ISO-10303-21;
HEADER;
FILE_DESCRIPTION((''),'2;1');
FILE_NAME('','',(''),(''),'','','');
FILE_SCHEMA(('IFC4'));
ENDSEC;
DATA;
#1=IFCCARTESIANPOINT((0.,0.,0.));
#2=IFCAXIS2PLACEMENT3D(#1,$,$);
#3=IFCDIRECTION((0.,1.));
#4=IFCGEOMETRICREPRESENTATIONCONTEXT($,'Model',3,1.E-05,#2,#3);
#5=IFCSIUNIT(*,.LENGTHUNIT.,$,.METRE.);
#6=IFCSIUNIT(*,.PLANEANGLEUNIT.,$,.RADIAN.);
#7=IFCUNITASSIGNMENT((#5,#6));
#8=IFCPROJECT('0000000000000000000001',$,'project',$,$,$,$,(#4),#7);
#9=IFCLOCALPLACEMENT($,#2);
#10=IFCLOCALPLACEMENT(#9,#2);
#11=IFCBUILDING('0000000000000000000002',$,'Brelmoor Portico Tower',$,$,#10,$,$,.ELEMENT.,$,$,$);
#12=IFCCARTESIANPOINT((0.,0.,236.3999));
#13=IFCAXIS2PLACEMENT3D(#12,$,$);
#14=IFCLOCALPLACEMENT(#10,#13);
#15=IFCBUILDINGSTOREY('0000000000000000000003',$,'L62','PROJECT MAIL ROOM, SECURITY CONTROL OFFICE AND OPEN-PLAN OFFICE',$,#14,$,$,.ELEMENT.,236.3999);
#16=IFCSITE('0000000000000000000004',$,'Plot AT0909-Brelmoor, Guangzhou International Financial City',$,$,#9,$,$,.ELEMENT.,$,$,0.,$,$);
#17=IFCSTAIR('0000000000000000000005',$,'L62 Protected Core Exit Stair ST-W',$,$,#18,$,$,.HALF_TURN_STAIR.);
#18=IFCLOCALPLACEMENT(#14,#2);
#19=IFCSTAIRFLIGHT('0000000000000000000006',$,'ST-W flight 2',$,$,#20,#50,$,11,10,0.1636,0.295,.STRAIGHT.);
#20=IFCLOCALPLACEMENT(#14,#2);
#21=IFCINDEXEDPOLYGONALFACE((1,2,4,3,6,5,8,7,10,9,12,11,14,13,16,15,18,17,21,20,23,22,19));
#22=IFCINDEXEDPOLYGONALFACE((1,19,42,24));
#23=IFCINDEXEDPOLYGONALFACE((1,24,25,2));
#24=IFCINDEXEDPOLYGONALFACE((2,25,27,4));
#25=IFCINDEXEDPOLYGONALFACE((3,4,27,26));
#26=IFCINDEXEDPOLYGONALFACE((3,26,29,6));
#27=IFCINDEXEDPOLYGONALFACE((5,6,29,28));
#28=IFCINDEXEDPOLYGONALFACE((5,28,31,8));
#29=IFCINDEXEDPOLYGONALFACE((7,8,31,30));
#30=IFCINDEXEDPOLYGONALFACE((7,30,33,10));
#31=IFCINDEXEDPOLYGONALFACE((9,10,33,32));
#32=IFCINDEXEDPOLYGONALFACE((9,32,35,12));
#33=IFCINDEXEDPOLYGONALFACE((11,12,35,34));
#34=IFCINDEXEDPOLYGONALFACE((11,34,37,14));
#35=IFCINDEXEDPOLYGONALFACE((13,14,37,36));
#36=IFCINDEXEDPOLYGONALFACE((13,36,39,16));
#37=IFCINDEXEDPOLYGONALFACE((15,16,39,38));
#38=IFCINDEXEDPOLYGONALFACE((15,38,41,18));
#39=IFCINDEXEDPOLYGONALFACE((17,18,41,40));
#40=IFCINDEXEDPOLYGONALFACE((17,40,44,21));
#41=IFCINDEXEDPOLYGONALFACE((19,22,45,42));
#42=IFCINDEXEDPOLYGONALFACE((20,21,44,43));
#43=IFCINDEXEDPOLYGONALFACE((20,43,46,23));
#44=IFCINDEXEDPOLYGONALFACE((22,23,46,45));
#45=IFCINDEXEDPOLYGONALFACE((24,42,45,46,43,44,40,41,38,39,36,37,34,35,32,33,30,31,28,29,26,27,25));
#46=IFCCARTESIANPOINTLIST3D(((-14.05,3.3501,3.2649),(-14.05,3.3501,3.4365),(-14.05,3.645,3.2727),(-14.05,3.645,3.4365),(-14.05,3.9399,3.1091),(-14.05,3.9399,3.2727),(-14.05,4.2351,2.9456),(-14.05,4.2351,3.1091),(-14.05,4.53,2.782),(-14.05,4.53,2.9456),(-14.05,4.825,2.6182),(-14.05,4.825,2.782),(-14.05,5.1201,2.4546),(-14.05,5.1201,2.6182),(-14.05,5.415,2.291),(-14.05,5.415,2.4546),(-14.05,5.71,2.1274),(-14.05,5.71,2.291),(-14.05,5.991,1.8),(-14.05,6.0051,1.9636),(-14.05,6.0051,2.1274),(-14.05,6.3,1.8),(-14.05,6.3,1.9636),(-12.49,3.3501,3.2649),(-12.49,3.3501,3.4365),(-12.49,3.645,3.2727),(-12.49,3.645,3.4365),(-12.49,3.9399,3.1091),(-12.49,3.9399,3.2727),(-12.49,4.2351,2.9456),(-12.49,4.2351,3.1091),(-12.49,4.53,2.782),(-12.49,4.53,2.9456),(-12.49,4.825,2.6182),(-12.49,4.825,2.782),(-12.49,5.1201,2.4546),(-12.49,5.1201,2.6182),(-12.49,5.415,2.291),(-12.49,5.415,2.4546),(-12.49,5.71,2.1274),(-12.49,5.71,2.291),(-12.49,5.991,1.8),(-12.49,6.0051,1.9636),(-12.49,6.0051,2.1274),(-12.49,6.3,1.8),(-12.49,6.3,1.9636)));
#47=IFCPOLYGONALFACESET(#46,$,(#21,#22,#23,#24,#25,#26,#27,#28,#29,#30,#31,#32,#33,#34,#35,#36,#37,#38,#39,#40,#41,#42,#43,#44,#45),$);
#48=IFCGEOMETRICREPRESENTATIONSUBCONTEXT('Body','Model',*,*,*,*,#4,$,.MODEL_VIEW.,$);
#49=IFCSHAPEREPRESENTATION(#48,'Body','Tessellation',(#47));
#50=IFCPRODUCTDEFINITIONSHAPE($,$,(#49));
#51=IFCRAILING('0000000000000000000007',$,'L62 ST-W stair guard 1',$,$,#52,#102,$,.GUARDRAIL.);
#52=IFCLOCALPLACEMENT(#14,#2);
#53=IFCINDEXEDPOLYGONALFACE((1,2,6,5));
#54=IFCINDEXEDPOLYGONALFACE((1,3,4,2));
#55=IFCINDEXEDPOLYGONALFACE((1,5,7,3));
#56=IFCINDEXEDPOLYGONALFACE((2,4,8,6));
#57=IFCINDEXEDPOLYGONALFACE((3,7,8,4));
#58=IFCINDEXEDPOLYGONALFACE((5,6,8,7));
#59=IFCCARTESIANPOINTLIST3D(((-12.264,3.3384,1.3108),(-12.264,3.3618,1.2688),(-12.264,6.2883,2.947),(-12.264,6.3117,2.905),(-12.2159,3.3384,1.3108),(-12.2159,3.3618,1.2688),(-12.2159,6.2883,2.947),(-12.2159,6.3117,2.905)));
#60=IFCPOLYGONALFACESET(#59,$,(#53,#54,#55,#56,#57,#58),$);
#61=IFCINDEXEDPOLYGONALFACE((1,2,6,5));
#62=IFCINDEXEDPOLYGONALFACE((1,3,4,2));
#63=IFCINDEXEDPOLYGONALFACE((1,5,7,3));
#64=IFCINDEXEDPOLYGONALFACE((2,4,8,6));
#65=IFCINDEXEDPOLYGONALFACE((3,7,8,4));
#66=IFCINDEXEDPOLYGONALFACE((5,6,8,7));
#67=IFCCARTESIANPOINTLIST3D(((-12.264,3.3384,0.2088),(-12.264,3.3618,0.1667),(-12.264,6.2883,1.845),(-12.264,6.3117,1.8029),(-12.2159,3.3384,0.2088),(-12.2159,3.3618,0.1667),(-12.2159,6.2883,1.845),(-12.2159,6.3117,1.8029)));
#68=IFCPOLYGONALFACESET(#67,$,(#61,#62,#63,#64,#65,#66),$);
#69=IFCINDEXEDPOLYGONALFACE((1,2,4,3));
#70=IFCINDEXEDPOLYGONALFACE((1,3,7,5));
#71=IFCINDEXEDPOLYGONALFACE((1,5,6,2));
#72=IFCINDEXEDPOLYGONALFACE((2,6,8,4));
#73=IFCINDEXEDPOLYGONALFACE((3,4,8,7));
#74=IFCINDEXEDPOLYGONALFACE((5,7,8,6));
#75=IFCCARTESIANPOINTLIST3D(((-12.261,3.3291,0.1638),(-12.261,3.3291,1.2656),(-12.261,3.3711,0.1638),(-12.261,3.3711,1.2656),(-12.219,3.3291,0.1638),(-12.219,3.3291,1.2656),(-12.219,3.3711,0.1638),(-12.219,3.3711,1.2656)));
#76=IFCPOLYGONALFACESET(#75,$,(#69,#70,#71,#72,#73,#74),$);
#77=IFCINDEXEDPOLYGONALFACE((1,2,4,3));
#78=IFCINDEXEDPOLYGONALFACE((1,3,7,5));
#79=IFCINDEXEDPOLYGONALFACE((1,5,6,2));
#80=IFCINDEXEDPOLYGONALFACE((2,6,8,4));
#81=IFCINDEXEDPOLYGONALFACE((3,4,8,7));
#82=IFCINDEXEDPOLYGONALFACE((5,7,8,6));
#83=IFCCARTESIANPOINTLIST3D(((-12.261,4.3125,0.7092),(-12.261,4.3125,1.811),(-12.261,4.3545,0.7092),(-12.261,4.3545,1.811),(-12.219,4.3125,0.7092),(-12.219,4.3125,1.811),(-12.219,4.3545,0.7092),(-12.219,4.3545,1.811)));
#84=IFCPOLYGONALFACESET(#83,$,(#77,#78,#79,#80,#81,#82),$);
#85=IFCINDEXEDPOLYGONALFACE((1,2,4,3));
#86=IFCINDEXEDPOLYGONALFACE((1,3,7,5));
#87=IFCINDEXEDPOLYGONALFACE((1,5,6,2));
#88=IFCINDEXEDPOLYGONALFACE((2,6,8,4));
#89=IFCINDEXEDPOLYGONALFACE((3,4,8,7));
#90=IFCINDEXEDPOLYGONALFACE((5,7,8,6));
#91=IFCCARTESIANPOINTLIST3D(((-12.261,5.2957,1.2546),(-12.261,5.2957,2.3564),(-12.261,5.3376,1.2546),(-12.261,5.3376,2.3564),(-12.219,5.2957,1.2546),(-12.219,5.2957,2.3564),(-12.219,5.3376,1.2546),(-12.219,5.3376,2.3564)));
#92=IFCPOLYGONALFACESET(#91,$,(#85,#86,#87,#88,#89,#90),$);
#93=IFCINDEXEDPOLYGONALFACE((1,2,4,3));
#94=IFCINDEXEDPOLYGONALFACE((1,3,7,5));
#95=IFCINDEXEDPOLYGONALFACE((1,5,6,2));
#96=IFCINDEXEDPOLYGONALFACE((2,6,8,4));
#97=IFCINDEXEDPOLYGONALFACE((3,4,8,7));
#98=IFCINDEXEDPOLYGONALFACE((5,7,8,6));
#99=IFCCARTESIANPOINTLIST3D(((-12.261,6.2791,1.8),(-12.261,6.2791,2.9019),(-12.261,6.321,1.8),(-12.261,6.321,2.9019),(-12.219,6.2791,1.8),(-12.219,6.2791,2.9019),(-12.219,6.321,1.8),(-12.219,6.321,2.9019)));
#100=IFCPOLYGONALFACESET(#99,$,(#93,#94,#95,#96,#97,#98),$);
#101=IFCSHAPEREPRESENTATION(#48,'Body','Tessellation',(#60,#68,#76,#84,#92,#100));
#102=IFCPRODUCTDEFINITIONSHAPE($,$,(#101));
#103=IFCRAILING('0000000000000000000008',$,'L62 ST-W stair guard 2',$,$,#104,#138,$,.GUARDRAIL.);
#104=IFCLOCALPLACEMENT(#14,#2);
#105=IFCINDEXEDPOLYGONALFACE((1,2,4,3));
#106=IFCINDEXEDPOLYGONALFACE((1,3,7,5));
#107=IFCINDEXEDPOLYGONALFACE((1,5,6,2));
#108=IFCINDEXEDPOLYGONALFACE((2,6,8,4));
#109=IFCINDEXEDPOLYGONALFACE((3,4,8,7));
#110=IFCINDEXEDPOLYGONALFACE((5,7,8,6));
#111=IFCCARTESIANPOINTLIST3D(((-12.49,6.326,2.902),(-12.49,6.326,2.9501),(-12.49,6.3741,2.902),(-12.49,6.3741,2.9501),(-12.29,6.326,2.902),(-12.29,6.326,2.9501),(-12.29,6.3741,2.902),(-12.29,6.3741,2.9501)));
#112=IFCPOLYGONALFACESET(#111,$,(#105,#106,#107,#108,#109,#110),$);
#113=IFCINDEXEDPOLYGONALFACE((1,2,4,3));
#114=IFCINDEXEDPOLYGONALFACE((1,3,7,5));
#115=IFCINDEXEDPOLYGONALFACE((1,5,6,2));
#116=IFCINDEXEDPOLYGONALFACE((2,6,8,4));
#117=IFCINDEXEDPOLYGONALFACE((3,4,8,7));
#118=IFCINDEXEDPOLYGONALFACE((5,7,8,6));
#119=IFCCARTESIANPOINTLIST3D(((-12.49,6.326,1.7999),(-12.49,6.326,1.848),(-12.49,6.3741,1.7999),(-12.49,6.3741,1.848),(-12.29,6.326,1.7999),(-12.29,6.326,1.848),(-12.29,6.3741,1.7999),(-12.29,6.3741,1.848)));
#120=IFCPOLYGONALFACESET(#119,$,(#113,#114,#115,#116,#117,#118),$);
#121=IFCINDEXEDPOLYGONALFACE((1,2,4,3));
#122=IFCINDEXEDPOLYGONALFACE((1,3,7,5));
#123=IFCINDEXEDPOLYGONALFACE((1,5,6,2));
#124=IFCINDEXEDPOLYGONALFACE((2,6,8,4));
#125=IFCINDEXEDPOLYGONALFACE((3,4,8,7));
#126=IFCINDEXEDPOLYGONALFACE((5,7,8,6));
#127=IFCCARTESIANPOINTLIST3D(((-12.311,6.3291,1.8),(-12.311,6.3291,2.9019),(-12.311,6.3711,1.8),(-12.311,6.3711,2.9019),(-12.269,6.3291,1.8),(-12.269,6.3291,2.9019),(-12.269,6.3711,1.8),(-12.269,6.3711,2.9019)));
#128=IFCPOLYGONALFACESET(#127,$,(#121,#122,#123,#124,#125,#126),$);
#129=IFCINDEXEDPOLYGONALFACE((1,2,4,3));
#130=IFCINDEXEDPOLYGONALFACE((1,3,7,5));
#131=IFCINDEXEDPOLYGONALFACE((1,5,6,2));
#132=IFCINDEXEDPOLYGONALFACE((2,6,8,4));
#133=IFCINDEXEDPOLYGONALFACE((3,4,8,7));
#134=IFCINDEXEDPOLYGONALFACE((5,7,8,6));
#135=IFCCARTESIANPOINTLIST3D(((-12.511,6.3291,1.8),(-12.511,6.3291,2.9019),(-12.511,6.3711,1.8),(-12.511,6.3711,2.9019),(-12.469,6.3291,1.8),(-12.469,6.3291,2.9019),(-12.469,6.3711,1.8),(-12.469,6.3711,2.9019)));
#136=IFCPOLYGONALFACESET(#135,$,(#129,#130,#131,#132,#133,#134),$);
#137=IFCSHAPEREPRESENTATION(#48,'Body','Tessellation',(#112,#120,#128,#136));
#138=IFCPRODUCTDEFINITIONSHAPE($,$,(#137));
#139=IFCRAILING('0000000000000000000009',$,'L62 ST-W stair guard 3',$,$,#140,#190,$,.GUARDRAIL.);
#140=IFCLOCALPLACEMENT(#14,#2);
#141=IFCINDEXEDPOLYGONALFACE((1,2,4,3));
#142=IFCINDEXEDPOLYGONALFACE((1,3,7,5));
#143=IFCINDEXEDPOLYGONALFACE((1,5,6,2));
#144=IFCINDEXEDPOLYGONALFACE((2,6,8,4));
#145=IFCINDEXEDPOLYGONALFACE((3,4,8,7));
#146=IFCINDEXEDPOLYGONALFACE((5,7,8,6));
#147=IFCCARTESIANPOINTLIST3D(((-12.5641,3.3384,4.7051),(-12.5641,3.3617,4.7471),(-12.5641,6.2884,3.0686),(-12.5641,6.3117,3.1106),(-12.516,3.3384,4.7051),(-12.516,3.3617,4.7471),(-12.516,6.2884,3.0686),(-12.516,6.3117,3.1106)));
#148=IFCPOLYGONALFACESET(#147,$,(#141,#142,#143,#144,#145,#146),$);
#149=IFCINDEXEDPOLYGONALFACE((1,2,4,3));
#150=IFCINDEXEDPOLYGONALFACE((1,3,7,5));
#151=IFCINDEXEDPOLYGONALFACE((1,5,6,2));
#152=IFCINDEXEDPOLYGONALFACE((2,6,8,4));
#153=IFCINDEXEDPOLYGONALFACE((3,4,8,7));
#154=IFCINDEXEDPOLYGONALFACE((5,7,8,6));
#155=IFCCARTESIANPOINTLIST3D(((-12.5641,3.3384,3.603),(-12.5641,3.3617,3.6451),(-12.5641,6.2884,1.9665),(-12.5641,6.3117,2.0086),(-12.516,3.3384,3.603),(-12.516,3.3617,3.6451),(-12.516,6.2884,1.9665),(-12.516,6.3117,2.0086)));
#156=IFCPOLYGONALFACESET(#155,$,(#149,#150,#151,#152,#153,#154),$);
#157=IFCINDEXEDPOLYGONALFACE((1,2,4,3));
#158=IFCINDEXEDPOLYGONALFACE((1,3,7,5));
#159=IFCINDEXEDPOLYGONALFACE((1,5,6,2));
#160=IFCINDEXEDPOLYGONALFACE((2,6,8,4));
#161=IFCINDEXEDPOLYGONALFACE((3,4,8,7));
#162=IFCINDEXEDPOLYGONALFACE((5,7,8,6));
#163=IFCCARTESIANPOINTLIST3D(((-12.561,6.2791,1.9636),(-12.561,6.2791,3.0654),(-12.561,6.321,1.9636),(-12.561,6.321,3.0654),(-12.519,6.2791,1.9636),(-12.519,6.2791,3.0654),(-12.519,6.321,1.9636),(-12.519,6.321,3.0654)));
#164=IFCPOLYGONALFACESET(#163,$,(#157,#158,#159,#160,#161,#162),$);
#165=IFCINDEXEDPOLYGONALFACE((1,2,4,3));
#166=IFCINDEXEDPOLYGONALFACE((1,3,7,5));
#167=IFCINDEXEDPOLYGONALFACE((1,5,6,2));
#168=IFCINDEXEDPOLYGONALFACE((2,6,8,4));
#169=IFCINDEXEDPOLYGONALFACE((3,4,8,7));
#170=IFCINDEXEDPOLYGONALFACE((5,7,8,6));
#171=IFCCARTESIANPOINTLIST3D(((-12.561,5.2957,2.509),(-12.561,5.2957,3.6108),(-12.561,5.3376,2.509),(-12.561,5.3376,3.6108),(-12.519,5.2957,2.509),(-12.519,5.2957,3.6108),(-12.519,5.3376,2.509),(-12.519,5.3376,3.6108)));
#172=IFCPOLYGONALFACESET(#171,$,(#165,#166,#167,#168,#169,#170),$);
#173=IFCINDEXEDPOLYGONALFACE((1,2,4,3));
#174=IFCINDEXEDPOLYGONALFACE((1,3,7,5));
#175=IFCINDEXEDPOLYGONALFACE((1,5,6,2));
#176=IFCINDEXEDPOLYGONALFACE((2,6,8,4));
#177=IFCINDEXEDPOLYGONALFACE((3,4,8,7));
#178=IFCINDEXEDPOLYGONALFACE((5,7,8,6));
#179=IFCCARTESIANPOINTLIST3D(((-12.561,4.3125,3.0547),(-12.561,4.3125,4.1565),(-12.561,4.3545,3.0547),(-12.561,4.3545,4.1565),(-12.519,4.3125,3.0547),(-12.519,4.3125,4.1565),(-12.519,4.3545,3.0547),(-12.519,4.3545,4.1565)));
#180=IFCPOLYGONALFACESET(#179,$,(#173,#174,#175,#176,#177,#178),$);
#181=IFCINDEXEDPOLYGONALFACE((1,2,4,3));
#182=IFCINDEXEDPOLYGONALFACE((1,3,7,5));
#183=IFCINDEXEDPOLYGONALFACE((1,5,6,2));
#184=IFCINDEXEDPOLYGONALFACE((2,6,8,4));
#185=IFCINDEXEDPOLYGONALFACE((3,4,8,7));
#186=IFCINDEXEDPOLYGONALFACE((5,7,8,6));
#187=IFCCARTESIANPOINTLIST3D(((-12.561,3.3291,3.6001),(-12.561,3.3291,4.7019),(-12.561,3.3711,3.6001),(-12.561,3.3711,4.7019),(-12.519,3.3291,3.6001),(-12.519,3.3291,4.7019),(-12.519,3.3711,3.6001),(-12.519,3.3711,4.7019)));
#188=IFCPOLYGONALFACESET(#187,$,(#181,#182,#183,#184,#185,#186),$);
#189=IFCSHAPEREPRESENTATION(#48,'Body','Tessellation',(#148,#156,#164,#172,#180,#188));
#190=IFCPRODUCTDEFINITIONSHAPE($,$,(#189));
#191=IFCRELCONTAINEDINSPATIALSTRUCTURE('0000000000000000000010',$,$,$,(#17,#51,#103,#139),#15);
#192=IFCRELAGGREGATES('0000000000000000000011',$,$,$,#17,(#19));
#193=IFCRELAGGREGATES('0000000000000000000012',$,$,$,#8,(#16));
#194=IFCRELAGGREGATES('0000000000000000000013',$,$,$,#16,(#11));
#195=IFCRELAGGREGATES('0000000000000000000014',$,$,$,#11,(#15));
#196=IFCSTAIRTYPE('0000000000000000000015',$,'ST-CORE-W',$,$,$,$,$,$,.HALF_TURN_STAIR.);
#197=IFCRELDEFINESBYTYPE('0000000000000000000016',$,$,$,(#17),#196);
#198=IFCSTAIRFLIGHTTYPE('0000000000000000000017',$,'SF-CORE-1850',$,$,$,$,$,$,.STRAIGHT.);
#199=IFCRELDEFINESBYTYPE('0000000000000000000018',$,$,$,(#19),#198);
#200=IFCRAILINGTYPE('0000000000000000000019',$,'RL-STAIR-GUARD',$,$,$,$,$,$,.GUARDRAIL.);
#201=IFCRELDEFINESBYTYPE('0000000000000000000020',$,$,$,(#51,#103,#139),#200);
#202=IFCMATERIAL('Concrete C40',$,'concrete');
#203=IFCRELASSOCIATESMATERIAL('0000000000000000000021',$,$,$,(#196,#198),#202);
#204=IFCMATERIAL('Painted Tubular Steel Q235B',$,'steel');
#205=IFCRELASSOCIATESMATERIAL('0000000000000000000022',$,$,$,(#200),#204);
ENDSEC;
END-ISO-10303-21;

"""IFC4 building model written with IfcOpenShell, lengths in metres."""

from ifc_helpers import new_model, si_unit, direction, frame, origin, origin_2d, place, context, subcontext, project, spatial, polyline, rectangle, outline, extrude, material, type_object, element, aggregate, save


model = new_model("IFC4")

# Units and contexts
model_context = context("Model", 3, precision=1e-05, world=origin(), true_north=direction((0.0, 1.0)))
body_context = subcontext(model_context, "Body", "Model", "MODEL_VIEW")
ifc_project = project(units=[si_unit("LENGTHUNIT", "METRE"), si_unit("PLANEANGLEUNIT", "RADIAN")], contexts=[model_context])

# Site, building, storey
site_placement = place(None, origin())
site = spatial("IfcSite", under=ifc_project, at=site_placement, Name="Plot AT0909-Brelmoor, Guangzhou International Financial City", CompositionType="ELEMENT", RefElevation=0.0)
building_placement = place(site_placement, origin())
building = spatial("IfcBuilding", under=site, at=building_placement, Name="Brelmoor Portico Tower", CompositionType="ELEMENT")
storey_placement = place(building_placement, frame((0.0, 0.0, 236.3999)))
storey = spatial("IfcBuildingStorey", under=building, at=storey_placement, Name="L62", Description="PROJECT MAIL ROOM, SECURITY CONTROL OFFICE AND OPEN-PLAN OFFICE", CompositionType="ELEMENT", Elevation=236.3999)

# Shared definitions
ifc_material_1 = material(Name="Concrete C40", Category="concrete")

# Stair, stair flight
stair_type = type_object("IfcStairType", Name="ST-CORE-W", PredefinedType="HALF_TURN_STAIR", material=ifc_material_1)
stair_placement = place(storey_placement, origin())
stair = element("IfcStair", 1, at=stair_placement, inside=storey, type_object=stair_type, Name="L62 Protected Core Exit Stair ST-W", PredefinedType="HALF_TURN_STAIR")
stair_flight_type = type_object("IfcStairFlightType", Name="SF-CORE-1850", PredefinedType="STRAIGHT", material=ifc_material_1)
stair_flight_1_placement = place(storey_placement, frame((-13.27, 6.3, 1.8), z_axis=(0.0, 0.0, 1.0), x_axis=(0.0, -1.0, 0.0)))
stair_flight_1 = element("IfcStairFlight", 2, at=stair_flight_1_placement, type_object=stair_flight_type, Name="ST-W flight 2", NumberOfRisers=11, NumberOfTreads=10, PredefinedType="STRAIGHT", RiserHeight=0.1636, TreadLength=0.295, context=body_context, shape_type="SweptSolid", body=[
    extrude(outline(polyline([(0.0, 0.0), (0.0, 0.1636), (0.2949, 0.1636), (0.2949, 0.3274), (0.5901, 0.3274), (0.5901, 0.491), (0.885, 0.491), (0.885, 0.6545), (1.1799, 0.6545), (1.1799, 0.8181), (1.4751, 0.8181), (1.4751, 0.9819), (1.77, 0.9819), (1.77, 1.1455), (2.0649, 1.1455), (2.0649, 1.3091), (2.3601, 1.3091), (2.3601, 1.4727), (2.655, 1.4727), (2.655, 1.6365), (2.95, 1.6365), (2.95, 1.8), (2.95, 1.4648), (0.3091, 0.0), (0.0, 0.0)])), frame((0.0, 0.78, 0.0), z_axis=(0.0, -1.0, 0.0), x_axis=(1.0, 0.0, 0.0)), (0.0, 0.0, 1.0), 1.5601),
])
aggregate(stair, [stair_flight_1])

# Railings
ifc_material_2 = material(Name="Painted Tubular Steel Q235B", Category="steel")
railing_type_1 = type_object("IfcRailingType", Name="RL-STAIR-GUARD", PredefinedType="GUARDRAIL", material=ifc_material_2)
railing_1_placement = place(storey_placement, frame((-12.24, 3.3501, 0.1638)))
element("IfcRailing", 3, at=railing_1_placement, inside=storey, type_object=railing_type_1, Name="L62 ST-W stair guard 1", PredefinedType="GUARDRAIL", context=body_context, shape_type="SweptSolid", body=[
    extrude(rectangle(XDim=0.0481, YDim=0.0481, at=origin_2d()), frame((0.0, 0.0, 1.126), z_axis=(0.0, 0.874488, 0.485047), x_axis=(-1.0, 0.0, 0.0)), (0.0, 0.0, 1.0), 3.3733),
    extrude(rectangle(XDim=0.0481, YDim=0.0481, at=origin_2d()), frame((0.0, 0.0, 0.0239), z_axis=(0.0, 0.874488, 0.485047), x_axis=(-1.0, 0.0, 0.0)), (0.0, 0.0, 1.0), 3.3733),
    extrude(rectangle(XDim=0.042, YDim=0.042, at=origin_2d()), origin(), (0.0, 0.0, 1.0), 1.1018),
    extrude(rectangle(XDim=0.042, YDim=0.042, at=origin_2d()), frame((0.0, 0.9834, 0.5454)), (0.0, 0.0, 1.0), 1.1018),
    extrude(rectangle(XDim=0.042, YDim=0.042, at=origin_2d()), frame((0.0, 1.9666, 1.0908)), (0.0, 0.0, 1.0), 1.1018),
    extrude(rectangle(XDim=0.042, YDim=0.042, at=origin_2d()), frame((0.0, 2.95, 1.6362)), (0.0, 0.0, 1.0), 1.1018),
])
railing_2_placement = place(storey_placement, frame((-12.29, 6.3501, 1.8)))
element("IfcRailing", 4, at=railing_2_placement, inside=storey, type_object=railing_type_1, Name="L62 ST-W stair guard 2", PredefinedType="GUARDRAIL", context=body_context, shape_type="SweptSolid", body=[
    extrude(rectangle(XDim=0.0481, YDim=0.0481, at=origin_2d()), frame((0.0, 0.0, 1.126), z_axis=(-1.0, 0.0, 0.0), x_axis=(0.0, -1.0, 0.0)), (0.0, 0.0, 1.0), 0.2),
    extrude(rectangle(XDim=0.0481, YDim=0.0481, at=origin_2d()), frame((0.0, 0.0, 0.0239), z_axis=(-1.0, 0.0, 0.0), x_axis=(0.0, -1.0, 0.0)), (0.0, 0.0, 1.0), 0.2),
    extrude(rectangle(XDim=0.042, YDim=0.042, at=origin_2d()), origin(), (0.0, 0.0, 1.0), 1.1018),
    extrude(rectangle(XDim=0.042, YDim=0.042, at=origin_2d()), frame((-0.2, 0.0, 0.0)), (0.0, 0.0, 1.0), 1.1018),
])
railing_3_placement = place(storey_placement, frame((-12.54, 6.3, 1.9636)))
element("IfcRailing", 5, at=railing_3_placement, inside=storey, type_object=railing_type_1, Name="L62 ST-W stair guard 3", PredefinedType="GUARDRAIL", context=body_context, shape_type="SweptSolid", body=[
    extrude(rectangle(XDim=0.0481, YDim=0.0481, at=origin_2d()), frame((0.0, 0.0, 1.126), z_axis=(0.0, -0.874458, 0.485102), x_axis=(1.0, 0.0, 0.0)), (0.0, 0.0, 1.0), 3.3735),
    extrude(rectangle(XDim=0.0481, YDim=0.0481, at=origin_2d()), frame((0.0, 0.0, 0.0239), z_axis=(0.0, -0.874458, 0.485102), x_axis=(1.0, 0.0, 0.0)), (0.0, 0.0, 1.0), 3.3735),
    extrude(rectangle(XDim=0.042, YDim=0.042, at=origin_2d()), origin(), (0.0, 0.0, 1.0), 1.1018),
    extrude(rectangle(XDim=0.042, YDim=0.042, at=origin_2d()), frame((0.0, -0.9834, 0.5454)), (0.0, 0.0, 1.0), 1.1018),
    extrude(rectangle(XDim=0.042, YDim=0.042, at=origin_2d()), frame((0.0, -1.9666, 1.0911)), (0.0, 0.0, 1.0), 1.1018),
    extrude(rectangle(XDim=0.042, YDim=0.042, at=origin_2d()), frame((0.0, -2.95, 1.6365)), (0.0, 0.0, 1.0), 1.1018),
])

save(model, "model.ifc")
